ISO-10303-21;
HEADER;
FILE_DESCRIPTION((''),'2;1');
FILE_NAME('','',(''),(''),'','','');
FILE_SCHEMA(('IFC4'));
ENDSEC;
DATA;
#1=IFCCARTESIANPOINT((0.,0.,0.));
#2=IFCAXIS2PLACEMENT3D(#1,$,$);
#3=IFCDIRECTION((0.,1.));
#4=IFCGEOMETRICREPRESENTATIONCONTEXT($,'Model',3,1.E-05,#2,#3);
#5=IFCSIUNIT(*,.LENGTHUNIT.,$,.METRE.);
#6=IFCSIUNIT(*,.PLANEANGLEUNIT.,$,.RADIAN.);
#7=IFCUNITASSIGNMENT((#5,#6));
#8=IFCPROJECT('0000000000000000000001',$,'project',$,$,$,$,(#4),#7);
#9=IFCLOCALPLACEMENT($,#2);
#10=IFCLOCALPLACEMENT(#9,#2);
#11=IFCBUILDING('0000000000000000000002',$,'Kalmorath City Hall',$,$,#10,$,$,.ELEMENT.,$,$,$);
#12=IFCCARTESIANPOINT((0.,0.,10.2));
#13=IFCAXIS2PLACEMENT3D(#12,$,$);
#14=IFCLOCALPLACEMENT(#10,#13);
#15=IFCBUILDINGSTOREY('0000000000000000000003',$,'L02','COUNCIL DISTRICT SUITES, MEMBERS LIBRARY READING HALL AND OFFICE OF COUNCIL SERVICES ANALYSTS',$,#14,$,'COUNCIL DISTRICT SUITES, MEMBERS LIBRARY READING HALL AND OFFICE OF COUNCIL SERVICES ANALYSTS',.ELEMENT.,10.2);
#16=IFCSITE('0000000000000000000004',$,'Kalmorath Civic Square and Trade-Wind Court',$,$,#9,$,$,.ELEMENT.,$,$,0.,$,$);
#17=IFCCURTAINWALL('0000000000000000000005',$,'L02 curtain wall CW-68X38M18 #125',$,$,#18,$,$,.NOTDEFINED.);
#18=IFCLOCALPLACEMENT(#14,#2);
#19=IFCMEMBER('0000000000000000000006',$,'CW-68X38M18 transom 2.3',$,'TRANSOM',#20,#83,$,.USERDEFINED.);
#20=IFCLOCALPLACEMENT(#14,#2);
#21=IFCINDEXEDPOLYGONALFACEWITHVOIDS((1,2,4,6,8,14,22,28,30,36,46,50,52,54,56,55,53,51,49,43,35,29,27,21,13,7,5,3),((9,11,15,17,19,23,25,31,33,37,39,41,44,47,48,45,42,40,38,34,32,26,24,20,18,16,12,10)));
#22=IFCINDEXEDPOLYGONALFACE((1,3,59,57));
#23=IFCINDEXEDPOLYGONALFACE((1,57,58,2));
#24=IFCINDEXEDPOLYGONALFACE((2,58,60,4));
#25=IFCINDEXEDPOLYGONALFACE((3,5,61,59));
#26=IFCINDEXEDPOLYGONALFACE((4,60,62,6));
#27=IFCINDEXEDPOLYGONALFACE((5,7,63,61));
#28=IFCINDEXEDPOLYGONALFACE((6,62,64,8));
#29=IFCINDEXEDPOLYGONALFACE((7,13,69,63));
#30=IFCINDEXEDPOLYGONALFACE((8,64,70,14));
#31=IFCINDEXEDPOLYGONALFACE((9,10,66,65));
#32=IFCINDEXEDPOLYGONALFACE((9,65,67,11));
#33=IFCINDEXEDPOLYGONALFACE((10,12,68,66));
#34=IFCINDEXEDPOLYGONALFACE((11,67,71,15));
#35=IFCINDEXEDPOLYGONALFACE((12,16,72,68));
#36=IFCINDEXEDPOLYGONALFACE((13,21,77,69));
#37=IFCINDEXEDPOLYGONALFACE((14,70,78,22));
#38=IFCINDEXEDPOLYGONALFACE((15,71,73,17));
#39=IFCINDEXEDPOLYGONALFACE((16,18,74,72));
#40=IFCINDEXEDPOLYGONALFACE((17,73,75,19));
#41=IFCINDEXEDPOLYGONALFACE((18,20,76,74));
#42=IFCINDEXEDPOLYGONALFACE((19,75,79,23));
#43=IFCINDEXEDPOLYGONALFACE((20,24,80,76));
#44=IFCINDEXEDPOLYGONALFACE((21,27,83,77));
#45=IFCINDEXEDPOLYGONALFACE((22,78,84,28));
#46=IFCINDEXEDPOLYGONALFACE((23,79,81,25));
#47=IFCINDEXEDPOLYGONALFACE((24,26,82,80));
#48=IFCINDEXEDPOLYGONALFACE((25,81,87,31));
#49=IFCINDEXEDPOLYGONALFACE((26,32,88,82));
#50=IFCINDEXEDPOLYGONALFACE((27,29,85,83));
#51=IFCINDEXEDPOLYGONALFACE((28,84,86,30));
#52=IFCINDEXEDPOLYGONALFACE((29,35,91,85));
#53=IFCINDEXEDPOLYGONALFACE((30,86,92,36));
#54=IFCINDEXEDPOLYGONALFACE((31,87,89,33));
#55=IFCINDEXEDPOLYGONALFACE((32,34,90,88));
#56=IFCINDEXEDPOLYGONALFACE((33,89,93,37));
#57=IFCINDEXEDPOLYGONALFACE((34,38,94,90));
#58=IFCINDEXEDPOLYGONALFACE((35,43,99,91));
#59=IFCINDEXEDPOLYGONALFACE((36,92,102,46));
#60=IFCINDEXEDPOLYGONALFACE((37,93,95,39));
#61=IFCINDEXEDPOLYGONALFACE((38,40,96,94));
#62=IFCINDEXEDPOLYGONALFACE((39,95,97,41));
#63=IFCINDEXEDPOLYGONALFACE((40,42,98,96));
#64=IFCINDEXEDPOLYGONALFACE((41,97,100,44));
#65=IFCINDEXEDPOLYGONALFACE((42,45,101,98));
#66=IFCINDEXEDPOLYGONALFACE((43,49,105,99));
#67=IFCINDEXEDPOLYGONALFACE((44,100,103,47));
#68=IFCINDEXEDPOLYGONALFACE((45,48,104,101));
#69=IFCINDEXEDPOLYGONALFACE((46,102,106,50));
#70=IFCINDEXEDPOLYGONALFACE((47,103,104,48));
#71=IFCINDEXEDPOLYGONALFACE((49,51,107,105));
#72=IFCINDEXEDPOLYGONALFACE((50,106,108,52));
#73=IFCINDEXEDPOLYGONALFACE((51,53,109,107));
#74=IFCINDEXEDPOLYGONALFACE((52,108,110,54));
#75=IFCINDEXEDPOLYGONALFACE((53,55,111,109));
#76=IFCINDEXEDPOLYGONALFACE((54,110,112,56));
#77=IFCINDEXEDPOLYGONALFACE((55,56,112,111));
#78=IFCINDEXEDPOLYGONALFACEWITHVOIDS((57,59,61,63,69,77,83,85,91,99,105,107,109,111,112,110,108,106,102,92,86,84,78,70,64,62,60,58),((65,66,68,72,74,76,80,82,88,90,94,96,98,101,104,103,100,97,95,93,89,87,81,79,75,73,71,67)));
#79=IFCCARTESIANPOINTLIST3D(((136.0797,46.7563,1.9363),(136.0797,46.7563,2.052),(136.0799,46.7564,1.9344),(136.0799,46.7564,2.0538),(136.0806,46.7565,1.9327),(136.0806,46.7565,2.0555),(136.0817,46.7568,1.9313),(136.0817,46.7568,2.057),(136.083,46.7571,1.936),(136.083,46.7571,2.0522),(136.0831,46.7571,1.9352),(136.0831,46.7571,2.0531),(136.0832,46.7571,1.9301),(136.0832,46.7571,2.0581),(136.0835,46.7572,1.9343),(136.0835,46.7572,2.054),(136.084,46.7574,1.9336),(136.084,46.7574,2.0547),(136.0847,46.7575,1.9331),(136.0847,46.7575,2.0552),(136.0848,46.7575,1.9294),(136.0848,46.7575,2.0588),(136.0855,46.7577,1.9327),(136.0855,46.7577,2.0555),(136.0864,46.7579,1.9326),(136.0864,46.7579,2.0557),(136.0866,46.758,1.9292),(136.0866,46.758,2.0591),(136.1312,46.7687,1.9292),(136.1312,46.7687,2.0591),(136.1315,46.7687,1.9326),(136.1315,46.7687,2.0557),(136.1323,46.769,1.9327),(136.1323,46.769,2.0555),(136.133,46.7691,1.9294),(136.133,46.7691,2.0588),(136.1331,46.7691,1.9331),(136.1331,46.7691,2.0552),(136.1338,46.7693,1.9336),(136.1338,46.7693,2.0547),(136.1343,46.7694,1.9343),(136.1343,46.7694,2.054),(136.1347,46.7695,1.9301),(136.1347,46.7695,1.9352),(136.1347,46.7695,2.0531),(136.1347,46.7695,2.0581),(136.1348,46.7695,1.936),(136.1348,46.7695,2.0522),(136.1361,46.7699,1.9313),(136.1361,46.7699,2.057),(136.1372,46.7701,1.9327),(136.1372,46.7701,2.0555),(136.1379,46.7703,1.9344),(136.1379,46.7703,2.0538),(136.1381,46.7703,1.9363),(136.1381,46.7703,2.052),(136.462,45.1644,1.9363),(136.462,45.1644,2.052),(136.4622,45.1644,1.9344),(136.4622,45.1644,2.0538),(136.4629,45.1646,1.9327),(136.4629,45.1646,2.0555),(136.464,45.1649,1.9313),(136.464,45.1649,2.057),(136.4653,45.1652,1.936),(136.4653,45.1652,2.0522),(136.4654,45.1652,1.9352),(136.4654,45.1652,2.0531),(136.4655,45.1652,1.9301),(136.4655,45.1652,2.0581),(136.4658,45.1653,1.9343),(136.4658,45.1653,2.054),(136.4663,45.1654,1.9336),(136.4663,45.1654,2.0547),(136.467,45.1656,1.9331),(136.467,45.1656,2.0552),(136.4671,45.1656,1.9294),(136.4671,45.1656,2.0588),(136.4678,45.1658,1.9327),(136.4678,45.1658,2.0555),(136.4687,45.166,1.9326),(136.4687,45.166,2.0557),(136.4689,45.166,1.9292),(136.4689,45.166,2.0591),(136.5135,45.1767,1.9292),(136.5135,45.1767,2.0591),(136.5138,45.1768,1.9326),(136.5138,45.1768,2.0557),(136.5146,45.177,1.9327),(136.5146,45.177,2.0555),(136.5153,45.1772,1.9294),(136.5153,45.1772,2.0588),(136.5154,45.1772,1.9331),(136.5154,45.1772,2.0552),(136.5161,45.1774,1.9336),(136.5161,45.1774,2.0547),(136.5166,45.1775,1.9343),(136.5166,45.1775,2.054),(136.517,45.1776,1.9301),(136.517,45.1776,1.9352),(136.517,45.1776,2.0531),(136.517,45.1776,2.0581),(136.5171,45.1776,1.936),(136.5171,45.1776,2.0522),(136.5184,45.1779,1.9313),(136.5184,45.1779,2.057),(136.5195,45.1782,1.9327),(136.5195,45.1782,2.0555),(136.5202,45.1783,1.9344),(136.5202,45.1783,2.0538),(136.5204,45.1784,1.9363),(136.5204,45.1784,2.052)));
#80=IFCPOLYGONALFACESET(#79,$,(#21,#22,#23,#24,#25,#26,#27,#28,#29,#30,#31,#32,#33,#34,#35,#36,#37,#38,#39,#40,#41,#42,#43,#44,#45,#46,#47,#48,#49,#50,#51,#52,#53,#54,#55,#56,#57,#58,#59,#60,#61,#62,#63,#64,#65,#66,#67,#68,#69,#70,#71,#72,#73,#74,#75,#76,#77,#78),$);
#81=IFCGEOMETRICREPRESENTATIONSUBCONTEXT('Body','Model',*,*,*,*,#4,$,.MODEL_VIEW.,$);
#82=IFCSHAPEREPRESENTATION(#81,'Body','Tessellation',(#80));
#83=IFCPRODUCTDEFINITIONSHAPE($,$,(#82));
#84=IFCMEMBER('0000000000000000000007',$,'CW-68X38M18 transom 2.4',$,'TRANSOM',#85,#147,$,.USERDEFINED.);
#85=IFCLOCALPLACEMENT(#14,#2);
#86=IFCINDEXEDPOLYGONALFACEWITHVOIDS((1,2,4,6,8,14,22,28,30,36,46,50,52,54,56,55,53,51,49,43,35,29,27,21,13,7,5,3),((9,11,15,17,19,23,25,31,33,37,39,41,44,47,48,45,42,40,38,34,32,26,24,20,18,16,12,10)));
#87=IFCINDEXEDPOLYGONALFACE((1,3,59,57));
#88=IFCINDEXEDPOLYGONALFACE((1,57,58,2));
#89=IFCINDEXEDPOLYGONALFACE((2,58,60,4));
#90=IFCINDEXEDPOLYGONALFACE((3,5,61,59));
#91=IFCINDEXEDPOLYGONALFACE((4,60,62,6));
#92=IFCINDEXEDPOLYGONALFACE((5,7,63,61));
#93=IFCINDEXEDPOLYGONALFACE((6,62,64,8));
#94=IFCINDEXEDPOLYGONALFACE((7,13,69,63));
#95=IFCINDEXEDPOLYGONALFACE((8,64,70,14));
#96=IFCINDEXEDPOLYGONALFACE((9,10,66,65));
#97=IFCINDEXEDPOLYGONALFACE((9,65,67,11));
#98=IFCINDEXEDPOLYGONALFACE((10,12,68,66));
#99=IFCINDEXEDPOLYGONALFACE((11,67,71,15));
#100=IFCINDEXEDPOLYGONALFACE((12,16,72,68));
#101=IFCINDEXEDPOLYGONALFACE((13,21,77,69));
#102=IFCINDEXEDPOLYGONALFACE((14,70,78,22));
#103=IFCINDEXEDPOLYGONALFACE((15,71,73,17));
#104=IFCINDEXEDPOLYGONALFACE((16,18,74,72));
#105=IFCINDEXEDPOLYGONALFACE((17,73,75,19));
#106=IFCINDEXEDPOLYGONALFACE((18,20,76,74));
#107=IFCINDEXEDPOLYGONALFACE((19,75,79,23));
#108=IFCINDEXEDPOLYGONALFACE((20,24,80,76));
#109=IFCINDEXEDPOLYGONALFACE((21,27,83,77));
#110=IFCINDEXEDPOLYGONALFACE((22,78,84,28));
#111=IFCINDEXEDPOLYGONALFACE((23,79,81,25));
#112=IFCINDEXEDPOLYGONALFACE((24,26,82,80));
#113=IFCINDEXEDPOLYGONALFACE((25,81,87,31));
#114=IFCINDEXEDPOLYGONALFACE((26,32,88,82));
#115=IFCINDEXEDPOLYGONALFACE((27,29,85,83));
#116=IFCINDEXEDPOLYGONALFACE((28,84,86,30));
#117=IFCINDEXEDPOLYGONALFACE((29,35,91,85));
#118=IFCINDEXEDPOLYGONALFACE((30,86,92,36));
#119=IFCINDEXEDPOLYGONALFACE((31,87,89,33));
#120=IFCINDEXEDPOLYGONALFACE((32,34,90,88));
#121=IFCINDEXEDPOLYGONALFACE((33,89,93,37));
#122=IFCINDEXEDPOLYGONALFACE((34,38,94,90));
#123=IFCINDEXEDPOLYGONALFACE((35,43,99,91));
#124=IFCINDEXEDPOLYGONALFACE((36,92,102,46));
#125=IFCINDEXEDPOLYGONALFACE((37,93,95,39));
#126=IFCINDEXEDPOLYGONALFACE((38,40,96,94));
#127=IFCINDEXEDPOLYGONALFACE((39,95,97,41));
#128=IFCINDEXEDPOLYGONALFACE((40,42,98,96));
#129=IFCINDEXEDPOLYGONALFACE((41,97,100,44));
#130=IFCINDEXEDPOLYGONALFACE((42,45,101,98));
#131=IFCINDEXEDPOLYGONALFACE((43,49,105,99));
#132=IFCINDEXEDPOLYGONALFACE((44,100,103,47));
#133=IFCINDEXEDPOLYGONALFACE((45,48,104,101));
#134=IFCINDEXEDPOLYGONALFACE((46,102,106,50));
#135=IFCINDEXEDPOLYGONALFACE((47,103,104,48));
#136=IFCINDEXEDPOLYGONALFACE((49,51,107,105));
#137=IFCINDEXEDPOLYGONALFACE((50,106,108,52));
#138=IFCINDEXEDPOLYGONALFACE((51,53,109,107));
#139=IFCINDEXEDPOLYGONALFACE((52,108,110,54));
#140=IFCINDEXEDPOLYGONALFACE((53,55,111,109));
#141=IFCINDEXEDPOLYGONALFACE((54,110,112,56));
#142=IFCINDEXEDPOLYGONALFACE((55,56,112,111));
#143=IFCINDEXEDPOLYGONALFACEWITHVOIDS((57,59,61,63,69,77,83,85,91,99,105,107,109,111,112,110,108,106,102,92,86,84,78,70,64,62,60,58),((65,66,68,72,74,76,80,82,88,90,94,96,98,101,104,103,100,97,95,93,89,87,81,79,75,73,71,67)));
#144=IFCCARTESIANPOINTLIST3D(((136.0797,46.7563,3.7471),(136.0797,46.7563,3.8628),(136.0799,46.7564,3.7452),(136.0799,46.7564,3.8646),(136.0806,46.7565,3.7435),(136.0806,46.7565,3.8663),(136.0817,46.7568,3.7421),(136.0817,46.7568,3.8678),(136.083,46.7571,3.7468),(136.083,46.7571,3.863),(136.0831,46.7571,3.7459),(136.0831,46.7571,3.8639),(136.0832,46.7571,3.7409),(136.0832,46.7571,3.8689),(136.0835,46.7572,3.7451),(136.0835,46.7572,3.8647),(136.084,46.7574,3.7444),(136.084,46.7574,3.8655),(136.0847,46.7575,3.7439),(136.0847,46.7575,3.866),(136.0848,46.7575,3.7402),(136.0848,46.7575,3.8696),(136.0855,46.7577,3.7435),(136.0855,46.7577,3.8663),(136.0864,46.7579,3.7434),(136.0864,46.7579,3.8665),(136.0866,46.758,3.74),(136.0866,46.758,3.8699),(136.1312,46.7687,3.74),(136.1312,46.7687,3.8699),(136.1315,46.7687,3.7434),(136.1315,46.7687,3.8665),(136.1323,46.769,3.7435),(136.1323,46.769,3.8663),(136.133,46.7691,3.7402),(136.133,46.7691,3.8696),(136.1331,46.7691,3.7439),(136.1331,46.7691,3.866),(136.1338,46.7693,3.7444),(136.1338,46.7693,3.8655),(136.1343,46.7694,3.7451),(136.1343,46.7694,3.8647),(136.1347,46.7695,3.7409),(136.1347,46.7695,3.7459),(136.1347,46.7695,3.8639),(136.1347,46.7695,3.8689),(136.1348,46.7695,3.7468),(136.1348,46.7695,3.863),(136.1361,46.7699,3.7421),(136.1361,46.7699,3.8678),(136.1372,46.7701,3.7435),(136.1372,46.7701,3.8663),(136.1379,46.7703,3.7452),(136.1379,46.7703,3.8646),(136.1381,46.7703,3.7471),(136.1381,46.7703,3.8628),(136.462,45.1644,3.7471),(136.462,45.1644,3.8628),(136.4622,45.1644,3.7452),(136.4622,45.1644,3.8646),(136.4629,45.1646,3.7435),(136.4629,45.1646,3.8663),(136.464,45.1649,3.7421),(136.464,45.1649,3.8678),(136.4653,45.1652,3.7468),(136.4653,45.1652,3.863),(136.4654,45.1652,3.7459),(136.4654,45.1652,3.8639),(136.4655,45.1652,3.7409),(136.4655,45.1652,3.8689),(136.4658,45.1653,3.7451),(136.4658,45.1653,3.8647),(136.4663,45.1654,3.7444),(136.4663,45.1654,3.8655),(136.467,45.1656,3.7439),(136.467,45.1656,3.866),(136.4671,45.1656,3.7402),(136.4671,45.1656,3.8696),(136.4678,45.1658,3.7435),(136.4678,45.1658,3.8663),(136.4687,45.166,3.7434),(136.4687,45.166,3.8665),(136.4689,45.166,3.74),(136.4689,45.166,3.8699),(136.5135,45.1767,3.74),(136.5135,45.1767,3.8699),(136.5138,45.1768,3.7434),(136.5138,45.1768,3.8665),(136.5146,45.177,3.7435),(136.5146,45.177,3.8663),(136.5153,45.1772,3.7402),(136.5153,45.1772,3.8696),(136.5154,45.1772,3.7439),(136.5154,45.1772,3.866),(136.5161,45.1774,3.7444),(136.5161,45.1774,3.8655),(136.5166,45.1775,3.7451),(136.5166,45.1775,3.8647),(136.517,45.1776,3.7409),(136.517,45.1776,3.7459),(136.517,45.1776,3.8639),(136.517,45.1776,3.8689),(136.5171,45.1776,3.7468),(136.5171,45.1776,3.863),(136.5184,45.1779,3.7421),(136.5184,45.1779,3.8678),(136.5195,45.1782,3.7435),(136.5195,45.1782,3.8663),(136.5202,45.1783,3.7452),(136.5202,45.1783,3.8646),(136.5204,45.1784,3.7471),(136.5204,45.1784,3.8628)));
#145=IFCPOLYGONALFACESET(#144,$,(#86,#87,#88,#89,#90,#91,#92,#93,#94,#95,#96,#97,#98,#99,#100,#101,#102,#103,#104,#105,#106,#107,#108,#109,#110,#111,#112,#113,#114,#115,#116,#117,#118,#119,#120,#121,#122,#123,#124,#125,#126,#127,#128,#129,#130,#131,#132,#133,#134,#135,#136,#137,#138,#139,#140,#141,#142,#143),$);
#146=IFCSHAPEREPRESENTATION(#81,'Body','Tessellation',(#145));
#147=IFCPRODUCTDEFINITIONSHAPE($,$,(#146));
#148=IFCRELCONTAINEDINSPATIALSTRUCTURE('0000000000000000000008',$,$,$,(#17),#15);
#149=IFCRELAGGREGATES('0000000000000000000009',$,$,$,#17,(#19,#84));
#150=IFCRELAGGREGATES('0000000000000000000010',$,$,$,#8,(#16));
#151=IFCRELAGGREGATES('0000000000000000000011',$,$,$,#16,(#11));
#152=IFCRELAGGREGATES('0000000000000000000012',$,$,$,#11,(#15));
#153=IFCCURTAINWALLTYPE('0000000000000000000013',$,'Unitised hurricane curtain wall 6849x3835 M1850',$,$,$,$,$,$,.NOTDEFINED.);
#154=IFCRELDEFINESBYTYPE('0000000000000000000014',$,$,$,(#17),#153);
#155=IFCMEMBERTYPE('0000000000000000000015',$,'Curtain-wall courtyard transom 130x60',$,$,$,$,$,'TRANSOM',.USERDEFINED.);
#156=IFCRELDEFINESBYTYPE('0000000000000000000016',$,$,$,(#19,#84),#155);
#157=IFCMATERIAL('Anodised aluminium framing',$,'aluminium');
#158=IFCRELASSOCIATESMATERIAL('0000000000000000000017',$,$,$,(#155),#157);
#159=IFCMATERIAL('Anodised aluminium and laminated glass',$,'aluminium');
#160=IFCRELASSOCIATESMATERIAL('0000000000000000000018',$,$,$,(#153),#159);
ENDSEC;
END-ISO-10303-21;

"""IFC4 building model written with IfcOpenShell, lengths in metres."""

from ifc_helpers import new_model, si_unit, direction, frame, origin, origin_2d, place, context, subcontext, project, spatial, hollow_rectangle, extrude, material, material_profile, profile_set, type_object, element, aggregate, save


model = new_model("IFC4")

# Units and contexts
model_context = context("Model", 3, precision=1e-05, world=origin(), true_north=direction((0.0, 1.0)))
body_context = subcontext(model_context, "Body", "Model", "MODEL_VIEW")
ifc_project = project(units=[si_unit("LENGTHUNIT", "METRE"), si_unit("PLANEANGLEUNIT", "RADIAN")], contexts=[model_context])

# Site, building, storey
site_placement = place(None, origin())
site = spatial("IfcSite", under=ifc_project, at=site_placement, Name="Kalmorath Civic Square and Trade-Wind Court", CompositionType="ELEMENT", RefElevation=0.0)
building_placement = place(site_placement, origin())
building = spatial("IfcBuilding", under=site, at=building_placement, Name="Kalmorath City Hall", CompositionType="ELEMENT")
storey_placement = place(building_placement, frame((0.0, 0.0, 10.2)))
storey = spatial("IfcBuildingStorey", under=building, at=storey_placement, Name="L02", Description="COUNCIL DISTRICT SUITES, MEMBERS LIBRARY READING HALL AND OFFICE OF COUNCIL SERVICES ANALYSTS", LongName="COUNCIL DISTRICT SUITES, MEMBERS LIBRARY READING HALL AND OFFICE OF COUNCIL SERVICES ANALYSTS", CompositionType="ELEMENT", Elevation=10.2)

# Curtain wall, members
ifc_material_1 = material(Name="Anodised aluminium framing", Category="aluminium")
ifc_material_profile_1 = material_profile(ifc_material_1, hollow_rectangle(XDim=0.0601, YDim=0.1299, WallThickness=0.0034, InnerFilletRadius=0.0034, OuterFilletRadius=0.0071, at=origin_2d()), Name="ALU-TRN-130X60X3.5")
ifc_profile_set_1 = profile_set([ifc_material_profile_1], Name="Anodised aluminium framing")
member_type_1 = type_object("IfcMemberType", Name="Curtain-wall courtyard transom 130x60", ElementType="TRANSOM", PredefinedType="USERDEFINED", material=ifc_profile_set_1)
ifc_material_2 = material(Name="Anodised aluminium and laminated glass", Category="aluminium")
curtain_wall_type_1 = type_object("IfcCurtainWallType", Name="Unitised hurricane curtain wall 6849x3835 M1850", PredefinedType="NOTDEFINED", material=ifc_material_2)
curtain_wall_1_placement = place(storey_placement, origin())
curtain_wall_1 = element("IfcCurtainWall", 1, at=curtain_wall_1_placement, inside=storey, type_object=curtain_wall_type_1, Name="L02 curtain wall CW-68X38M18 #125", PredefinedType="NOTDEFINED")
member_1_placement = place(storey_placement, frame((136.4912, 45.1714, 1.9941), z_axis=(-0.233508, 0.972355, 0.0), x_axis=(-0.972355, -0.233508, 0.0)))
member_1 = element("IfcMember", 2, at=member_1_placement, type_object=member_type_1, Name="CW-68X38M18 transom 2.3", ObjectType="TRANSOM", PredefinedType="USERDEFINED", context=body_context, shape_type="SweptSolid", body=[
    extrude(hollow_rectangle(XDim=0.0601, YDim=0.1299, WallThickness=0.0034, InnerFilletRadius=0.0034, OuterFilletRadius=0.0071, at=origin_2d()), origin(), (0.0, 0.0, 1.0), 1.6372),
])
member_2_placement = place(storey_placement, frame((136.4912, 45.1714, 3.8049), z_axis=(-0.233508, 0.972355, 0.0), x_axis=(-0.972355, -0.233508, 0.0)))
member_2 = element("IfcMember", 3, at=member_2_placement, type_object=member_type_1, Name="CW-68X38M18 transom 2.4", ObjectType="TRANSOM", PredefinedType="USERDEFINED", context=body_context, shape_type="SweptSolid", body=[
    extrude(hollow_rectangle(XDim=0.0601, YDim=0.1299, WallThickness=0.0034, InnerFilletRadius=0.0034, OuterFilletRadius=0.0071, at=origin_2d()), origin(), (0.0, 0.0, 1.0), 1.6372),
])

aggregate(curtain_wall_1, [member_1, member_2])

save(model, "model.ifc")
